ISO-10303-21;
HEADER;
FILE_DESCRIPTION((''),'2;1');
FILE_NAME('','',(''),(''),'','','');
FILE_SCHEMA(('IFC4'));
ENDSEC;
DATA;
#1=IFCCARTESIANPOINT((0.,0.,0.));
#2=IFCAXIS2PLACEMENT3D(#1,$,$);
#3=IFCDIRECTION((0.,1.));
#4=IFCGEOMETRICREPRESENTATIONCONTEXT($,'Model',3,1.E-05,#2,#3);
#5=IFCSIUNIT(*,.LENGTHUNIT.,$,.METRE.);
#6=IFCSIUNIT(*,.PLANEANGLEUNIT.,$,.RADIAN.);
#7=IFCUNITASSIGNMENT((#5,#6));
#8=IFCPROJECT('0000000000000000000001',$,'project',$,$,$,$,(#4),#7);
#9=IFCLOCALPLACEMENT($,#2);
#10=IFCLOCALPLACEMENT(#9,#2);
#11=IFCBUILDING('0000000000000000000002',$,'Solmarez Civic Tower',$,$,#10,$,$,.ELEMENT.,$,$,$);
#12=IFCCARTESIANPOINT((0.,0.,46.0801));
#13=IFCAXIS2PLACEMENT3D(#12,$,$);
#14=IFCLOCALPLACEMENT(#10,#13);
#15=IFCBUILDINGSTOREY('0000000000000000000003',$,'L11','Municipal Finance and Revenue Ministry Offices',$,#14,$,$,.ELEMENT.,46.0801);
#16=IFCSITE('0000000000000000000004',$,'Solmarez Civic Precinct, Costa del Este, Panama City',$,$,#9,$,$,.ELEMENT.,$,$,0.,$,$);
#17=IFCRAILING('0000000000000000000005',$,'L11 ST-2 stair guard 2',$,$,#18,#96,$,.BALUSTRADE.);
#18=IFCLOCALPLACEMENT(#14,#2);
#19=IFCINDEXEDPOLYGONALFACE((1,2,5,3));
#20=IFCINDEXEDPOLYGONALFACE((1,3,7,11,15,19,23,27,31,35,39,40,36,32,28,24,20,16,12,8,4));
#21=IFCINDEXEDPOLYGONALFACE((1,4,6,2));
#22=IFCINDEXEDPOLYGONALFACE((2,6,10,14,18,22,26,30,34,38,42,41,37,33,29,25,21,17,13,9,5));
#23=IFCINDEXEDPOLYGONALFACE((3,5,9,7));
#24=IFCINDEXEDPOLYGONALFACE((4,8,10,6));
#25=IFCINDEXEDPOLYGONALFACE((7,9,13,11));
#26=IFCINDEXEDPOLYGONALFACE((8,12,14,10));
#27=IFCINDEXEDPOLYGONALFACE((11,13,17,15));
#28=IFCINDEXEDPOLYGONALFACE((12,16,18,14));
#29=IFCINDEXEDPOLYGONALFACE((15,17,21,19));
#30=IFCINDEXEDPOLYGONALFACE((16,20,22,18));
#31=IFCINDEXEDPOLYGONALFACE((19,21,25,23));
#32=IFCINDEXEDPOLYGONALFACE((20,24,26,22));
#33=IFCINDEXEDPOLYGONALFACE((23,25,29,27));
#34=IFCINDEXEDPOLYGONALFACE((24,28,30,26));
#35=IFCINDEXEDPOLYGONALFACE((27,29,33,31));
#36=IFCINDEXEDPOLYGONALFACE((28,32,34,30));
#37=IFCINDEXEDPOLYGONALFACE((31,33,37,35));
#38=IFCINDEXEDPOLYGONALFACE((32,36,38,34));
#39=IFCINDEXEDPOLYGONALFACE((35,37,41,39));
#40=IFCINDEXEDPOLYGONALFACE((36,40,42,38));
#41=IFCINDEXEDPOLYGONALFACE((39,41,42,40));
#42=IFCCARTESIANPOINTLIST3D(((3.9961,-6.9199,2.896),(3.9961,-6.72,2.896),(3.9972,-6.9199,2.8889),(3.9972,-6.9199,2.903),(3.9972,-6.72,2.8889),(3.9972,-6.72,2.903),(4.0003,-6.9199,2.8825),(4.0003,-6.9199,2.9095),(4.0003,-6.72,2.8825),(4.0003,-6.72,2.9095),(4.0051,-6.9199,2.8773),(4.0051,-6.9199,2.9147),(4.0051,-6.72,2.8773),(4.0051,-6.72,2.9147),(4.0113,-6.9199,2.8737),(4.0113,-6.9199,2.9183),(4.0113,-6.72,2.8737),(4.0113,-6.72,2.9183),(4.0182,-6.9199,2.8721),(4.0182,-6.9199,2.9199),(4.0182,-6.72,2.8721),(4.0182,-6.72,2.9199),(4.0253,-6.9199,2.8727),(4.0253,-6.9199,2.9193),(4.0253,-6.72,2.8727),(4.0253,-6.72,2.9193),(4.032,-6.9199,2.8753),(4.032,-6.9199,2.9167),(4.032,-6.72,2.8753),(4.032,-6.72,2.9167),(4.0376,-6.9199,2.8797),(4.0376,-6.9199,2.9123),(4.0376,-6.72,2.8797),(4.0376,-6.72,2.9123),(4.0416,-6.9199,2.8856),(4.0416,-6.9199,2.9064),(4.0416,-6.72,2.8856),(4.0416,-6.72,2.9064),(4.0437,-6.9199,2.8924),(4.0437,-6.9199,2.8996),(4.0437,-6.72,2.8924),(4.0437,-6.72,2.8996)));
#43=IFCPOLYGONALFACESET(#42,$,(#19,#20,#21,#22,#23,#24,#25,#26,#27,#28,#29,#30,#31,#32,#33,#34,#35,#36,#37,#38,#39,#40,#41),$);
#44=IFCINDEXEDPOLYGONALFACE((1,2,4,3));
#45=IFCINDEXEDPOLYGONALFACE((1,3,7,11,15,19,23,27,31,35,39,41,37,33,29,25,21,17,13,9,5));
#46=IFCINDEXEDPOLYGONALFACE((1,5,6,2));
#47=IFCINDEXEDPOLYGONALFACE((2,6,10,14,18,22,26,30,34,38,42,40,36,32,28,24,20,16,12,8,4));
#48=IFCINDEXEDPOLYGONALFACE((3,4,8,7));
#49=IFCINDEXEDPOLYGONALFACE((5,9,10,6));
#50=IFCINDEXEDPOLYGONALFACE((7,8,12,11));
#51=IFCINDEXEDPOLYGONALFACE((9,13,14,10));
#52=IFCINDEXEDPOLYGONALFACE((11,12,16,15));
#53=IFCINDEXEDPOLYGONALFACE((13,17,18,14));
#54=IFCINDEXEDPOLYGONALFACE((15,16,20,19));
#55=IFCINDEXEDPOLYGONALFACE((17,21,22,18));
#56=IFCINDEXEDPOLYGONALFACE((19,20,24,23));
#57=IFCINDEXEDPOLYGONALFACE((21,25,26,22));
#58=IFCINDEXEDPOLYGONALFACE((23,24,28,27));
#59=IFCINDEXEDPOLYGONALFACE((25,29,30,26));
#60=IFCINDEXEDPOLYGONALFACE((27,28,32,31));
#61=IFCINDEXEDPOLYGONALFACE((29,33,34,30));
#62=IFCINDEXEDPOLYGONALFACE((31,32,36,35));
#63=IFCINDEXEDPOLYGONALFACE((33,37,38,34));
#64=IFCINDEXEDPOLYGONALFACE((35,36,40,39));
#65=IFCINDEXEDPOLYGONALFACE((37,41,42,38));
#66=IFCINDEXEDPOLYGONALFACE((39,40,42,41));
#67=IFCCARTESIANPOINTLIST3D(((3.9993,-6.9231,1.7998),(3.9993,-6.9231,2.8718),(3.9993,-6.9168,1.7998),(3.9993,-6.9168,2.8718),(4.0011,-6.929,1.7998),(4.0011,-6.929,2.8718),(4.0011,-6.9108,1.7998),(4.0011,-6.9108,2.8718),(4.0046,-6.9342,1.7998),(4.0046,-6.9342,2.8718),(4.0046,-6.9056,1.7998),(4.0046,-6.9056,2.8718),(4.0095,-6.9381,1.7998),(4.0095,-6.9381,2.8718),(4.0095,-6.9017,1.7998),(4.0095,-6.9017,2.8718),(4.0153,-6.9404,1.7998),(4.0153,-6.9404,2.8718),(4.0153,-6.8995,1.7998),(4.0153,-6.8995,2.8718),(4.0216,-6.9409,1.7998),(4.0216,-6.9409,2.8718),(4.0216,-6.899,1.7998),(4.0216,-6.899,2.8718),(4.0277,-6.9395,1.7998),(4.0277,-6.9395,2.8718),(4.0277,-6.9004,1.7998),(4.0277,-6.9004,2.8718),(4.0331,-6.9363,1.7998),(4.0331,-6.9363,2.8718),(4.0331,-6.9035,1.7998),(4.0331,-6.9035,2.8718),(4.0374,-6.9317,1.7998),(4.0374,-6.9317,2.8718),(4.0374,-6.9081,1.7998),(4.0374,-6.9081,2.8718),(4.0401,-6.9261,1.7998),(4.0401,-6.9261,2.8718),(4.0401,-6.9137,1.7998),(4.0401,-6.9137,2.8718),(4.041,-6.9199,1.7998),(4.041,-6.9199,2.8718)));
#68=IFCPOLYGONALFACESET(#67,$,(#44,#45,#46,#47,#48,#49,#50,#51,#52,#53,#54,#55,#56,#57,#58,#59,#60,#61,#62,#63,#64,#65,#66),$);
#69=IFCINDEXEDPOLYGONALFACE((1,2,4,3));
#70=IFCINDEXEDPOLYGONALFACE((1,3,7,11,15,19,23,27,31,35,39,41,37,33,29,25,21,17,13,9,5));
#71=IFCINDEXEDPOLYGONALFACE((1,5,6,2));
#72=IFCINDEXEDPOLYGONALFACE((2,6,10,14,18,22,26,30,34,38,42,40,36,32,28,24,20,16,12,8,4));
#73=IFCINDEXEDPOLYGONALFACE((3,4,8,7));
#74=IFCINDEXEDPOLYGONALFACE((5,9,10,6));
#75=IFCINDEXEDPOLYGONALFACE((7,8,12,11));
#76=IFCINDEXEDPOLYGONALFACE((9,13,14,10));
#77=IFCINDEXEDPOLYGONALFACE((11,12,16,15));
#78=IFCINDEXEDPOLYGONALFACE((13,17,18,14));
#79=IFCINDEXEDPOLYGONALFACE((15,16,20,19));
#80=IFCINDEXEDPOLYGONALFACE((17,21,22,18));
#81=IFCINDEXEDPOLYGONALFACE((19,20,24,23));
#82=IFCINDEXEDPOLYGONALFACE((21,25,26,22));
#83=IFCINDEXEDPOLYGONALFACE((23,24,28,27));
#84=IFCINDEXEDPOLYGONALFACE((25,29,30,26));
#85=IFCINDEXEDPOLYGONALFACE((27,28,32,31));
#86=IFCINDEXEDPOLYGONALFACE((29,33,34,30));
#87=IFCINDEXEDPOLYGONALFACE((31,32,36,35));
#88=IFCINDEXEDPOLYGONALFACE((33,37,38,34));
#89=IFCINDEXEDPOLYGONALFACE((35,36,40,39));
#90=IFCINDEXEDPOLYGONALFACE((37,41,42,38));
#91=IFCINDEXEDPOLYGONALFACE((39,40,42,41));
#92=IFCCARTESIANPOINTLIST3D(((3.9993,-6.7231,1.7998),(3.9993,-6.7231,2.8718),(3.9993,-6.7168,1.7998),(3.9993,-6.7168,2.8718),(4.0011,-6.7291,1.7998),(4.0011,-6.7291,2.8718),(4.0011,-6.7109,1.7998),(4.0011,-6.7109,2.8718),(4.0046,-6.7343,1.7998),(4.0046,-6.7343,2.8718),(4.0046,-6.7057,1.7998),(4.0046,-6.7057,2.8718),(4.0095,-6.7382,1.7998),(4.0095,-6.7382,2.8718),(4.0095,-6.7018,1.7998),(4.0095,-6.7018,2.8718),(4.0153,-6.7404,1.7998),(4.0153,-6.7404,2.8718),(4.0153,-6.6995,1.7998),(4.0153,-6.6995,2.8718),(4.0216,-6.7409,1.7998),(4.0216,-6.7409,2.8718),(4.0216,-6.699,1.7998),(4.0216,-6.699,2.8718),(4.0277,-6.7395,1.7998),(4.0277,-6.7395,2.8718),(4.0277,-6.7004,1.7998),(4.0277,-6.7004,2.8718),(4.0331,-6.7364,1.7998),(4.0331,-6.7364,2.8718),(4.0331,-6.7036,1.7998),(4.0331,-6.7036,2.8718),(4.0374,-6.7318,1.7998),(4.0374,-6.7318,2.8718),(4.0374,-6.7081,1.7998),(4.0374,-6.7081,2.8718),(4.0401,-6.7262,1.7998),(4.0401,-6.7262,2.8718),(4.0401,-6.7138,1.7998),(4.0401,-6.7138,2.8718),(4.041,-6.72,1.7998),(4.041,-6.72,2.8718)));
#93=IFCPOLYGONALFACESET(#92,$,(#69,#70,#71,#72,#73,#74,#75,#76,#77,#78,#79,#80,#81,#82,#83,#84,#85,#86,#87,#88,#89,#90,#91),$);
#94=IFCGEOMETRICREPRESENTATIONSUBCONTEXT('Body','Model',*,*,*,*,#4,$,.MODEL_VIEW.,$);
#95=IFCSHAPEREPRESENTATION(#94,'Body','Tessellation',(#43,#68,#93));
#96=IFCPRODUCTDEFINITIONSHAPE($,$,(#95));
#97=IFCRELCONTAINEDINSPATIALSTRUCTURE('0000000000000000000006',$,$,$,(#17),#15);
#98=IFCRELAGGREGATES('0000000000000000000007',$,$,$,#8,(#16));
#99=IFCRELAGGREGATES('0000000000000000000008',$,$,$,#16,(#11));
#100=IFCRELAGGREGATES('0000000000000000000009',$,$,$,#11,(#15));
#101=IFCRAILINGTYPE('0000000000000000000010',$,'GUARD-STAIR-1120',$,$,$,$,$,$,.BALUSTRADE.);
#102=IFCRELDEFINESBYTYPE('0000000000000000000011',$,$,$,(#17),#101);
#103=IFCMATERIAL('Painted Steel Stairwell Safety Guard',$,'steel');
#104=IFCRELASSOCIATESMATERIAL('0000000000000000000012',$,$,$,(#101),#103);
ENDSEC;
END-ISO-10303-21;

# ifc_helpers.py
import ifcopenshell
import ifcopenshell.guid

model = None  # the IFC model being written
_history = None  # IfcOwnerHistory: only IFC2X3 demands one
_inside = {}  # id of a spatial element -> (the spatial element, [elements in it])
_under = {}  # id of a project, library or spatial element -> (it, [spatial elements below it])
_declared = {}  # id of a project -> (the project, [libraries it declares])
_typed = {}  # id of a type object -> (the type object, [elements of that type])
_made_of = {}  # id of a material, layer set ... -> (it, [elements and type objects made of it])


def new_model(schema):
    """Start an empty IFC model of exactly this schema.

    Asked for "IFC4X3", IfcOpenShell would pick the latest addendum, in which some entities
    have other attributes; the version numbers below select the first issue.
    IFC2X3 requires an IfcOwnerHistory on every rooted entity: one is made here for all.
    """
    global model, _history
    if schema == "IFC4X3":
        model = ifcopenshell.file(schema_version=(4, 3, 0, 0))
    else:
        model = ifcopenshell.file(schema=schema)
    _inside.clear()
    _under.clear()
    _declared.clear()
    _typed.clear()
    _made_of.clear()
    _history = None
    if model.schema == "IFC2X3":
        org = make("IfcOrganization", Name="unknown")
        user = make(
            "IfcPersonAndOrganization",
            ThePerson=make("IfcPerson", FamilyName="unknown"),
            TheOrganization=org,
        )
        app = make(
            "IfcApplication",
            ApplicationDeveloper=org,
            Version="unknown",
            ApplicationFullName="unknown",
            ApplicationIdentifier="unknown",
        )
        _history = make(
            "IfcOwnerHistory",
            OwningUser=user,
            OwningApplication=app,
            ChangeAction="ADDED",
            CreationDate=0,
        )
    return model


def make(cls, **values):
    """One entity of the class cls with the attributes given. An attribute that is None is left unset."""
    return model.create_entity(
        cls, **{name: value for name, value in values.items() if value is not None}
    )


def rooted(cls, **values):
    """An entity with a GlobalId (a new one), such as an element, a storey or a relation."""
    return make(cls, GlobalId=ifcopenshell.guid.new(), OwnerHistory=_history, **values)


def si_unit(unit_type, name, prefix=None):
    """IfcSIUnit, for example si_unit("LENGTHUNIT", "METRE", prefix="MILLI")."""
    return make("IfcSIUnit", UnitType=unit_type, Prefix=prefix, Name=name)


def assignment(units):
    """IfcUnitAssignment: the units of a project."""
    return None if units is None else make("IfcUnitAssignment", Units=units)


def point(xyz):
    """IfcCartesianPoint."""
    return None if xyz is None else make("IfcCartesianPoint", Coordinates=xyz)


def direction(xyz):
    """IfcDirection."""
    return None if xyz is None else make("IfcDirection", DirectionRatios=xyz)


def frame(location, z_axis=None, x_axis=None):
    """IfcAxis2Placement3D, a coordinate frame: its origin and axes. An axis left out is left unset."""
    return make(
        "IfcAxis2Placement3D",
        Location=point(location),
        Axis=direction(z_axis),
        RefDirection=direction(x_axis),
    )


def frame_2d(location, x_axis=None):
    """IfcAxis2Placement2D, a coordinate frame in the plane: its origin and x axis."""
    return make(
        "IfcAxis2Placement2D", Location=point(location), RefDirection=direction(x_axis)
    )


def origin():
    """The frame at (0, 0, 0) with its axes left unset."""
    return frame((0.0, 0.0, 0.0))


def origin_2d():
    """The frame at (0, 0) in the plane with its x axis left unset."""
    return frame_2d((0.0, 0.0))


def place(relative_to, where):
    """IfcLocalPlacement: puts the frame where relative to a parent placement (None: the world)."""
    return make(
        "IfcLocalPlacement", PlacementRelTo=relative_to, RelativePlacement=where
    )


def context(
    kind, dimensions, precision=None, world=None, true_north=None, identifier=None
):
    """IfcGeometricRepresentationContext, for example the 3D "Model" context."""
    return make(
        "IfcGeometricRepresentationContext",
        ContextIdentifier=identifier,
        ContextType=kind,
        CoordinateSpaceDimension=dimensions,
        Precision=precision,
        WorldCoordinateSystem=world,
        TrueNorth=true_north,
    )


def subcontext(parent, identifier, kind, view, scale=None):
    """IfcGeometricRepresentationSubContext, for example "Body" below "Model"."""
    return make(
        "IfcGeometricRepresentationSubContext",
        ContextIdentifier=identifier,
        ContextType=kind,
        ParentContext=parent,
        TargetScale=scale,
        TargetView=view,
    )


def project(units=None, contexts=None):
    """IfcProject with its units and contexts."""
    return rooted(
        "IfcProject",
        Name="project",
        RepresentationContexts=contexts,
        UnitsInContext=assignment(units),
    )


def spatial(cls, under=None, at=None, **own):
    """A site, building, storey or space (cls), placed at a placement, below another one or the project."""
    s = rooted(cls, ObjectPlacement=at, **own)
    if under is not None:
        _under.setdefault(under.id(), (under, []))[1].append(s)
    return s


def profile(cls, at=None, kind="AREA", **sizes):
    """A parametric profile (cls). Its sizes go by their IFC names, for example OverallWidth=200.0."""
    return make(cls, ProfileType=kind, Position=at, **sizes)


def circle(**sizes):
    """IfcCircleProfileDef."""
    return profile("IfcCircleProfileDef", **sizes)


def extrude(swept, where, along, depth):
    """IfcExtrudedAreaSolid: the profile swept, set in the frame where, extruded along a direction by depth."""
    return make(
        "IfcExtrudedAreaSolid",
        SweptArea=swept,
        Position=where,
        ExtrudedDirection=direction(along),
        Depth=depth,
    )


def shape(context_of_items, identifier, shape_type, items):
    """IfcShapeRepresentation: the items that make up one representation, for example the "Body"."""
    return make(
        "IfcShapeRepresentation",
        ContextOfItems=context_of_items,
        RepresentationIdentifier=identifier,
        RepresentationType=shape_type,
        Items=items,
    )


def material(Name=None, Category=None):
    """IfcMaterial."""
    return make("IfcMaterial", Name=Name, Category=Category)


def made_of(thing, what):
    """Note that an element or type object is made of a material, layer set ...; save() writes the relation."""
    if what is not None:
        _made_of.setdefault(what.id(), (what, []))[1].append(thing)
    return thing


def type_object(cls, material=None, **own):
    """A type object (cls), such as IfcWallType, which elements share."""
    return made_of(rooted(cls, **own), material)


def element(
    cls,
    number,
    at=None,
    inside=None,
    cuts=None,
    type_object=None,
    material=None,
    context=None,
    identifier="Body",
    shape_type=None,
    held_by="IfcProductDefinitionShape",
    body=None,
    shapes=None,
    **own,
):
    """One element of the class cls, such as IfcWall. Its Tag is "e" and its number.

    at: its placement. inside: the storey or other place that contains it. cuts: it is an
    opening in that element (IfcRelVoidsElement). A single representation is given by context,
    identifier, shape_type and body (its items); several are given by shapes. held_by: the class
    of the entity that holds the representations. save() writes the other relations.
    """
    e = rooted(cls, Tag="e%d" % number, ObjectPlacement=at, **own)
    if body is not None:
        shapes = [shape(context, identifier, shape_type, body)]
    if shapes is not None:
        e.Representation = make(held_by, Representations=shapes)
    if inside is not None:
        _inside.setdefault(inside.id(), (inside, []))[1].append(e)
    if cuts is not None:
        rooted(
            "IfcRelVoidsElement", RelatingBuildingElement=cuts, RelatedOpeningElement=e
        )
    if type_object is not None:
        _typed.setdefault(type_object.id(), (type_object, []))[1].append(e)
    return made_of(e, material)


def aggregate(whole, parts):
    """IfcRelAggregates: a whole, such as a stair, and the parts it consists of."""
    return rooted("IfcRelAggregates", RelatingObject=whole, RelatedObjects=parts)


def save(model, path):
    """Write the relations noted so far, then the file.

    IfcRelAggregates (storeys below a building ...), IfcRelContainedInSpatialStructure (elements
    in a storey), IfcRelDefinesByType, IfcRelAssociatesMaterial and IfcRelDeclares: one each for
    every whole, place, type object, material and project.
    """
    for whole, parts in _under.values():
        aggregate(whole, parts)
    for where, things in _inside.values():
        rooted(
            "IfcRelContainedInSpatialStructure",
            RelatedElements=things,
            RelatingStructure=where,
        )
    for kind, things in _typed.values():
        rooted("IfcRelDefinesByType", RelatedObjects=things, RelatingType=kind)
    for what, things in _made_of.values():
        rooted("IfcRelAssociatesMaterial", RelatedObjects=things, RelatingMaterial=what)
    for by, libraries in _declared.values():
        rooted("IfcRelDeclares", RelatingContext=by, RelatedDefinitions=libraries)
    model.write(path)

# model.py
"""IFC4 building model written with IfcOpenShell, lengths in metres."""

from ifc_helpers import new_model, si_unit, direction, frame, origin, origin_2d, place, context, subcontext, project, spatial, circle, extrude, material, type_object, element, save


model = new_model("IFC4")

# Units and contexts
model_context = context("Model", 3, precision=1e-05, world=origin(), true_north=direction((0.0, 1.0)))
body_context = subcontext(model_context, "Body", "Model", "MODEL_VIEW")
ifc_project = project(units=[si_unit("LENGTHUNIT", "METRE"), si_unit("PLANEANGLEUNIT", "RADIAN")], contexts=[model_context])

# Site, building, storey
site_placement = place(None, origin())
site = spatial("IfcSite", under=ifc_project, at=site_placement, Name="Solmarez Civic Precinct, Costa del Este, Panama City", CompositionType="ELEMENT", RefElevation=0.0)
building_placement = place(site_placement, origin())
building = spatial("IfcBuilding", under=site, at=building_placement, Name="Solmarez Civic Tower", CompositionType="ELEMENT")
storey_placement = place(building_placement, frame((0.0, 0.0, 46.0801)))
storey = spatial("IfcBuildingStorey", under=building, at=storey_placement, Name="L11", Description="Municipal Finance and Revenue Ministry Offices", CompositionType="ELEMENT", Elevation=46.0801)

# Railing
ifc_material_1 = material(Name="Painted Steel Stairwell Safety Guard", Category="steel")
railing_type_1 = type_object("IfcRailingType", Name="GUARD-STAIR-1120", PredefinedType="BALUSTRADE", material=ifc_material_1)
railing_1_placement = place(storey_placement, frame((4.02, -6.9199, 1.7998)))
element("IfcRailing", 1, at=railing_1_placement, inside=storey, type_object=railing_type_1, Name="L11 ST-2 stair guard 2", PredefinedType="BALUSTRADE", context=body_context, shape_type="SweptSolid", body=[
    extrude(circle(Radius=0.0239, at=origin_2d()), frame((0.0, 0.0, 1.0962), z_axis=(0.0, 1.0, 0.0), x_axis=(-1.0, 0.0, 0.0)), (0.0, 0.0, 1.0), 0.2),
    extrude(circle(Radius=0.021, at=origin_2d()), origin(), (0.0, 0.0, 1.0), 1.072),
    extrude(circle(Radius=0.021, at=origin_2d()), frame((0.0, 0.2, 0.0)), (0.0, 0.0, 1.0), 1.072),
])

save(model, "model.ifc")
